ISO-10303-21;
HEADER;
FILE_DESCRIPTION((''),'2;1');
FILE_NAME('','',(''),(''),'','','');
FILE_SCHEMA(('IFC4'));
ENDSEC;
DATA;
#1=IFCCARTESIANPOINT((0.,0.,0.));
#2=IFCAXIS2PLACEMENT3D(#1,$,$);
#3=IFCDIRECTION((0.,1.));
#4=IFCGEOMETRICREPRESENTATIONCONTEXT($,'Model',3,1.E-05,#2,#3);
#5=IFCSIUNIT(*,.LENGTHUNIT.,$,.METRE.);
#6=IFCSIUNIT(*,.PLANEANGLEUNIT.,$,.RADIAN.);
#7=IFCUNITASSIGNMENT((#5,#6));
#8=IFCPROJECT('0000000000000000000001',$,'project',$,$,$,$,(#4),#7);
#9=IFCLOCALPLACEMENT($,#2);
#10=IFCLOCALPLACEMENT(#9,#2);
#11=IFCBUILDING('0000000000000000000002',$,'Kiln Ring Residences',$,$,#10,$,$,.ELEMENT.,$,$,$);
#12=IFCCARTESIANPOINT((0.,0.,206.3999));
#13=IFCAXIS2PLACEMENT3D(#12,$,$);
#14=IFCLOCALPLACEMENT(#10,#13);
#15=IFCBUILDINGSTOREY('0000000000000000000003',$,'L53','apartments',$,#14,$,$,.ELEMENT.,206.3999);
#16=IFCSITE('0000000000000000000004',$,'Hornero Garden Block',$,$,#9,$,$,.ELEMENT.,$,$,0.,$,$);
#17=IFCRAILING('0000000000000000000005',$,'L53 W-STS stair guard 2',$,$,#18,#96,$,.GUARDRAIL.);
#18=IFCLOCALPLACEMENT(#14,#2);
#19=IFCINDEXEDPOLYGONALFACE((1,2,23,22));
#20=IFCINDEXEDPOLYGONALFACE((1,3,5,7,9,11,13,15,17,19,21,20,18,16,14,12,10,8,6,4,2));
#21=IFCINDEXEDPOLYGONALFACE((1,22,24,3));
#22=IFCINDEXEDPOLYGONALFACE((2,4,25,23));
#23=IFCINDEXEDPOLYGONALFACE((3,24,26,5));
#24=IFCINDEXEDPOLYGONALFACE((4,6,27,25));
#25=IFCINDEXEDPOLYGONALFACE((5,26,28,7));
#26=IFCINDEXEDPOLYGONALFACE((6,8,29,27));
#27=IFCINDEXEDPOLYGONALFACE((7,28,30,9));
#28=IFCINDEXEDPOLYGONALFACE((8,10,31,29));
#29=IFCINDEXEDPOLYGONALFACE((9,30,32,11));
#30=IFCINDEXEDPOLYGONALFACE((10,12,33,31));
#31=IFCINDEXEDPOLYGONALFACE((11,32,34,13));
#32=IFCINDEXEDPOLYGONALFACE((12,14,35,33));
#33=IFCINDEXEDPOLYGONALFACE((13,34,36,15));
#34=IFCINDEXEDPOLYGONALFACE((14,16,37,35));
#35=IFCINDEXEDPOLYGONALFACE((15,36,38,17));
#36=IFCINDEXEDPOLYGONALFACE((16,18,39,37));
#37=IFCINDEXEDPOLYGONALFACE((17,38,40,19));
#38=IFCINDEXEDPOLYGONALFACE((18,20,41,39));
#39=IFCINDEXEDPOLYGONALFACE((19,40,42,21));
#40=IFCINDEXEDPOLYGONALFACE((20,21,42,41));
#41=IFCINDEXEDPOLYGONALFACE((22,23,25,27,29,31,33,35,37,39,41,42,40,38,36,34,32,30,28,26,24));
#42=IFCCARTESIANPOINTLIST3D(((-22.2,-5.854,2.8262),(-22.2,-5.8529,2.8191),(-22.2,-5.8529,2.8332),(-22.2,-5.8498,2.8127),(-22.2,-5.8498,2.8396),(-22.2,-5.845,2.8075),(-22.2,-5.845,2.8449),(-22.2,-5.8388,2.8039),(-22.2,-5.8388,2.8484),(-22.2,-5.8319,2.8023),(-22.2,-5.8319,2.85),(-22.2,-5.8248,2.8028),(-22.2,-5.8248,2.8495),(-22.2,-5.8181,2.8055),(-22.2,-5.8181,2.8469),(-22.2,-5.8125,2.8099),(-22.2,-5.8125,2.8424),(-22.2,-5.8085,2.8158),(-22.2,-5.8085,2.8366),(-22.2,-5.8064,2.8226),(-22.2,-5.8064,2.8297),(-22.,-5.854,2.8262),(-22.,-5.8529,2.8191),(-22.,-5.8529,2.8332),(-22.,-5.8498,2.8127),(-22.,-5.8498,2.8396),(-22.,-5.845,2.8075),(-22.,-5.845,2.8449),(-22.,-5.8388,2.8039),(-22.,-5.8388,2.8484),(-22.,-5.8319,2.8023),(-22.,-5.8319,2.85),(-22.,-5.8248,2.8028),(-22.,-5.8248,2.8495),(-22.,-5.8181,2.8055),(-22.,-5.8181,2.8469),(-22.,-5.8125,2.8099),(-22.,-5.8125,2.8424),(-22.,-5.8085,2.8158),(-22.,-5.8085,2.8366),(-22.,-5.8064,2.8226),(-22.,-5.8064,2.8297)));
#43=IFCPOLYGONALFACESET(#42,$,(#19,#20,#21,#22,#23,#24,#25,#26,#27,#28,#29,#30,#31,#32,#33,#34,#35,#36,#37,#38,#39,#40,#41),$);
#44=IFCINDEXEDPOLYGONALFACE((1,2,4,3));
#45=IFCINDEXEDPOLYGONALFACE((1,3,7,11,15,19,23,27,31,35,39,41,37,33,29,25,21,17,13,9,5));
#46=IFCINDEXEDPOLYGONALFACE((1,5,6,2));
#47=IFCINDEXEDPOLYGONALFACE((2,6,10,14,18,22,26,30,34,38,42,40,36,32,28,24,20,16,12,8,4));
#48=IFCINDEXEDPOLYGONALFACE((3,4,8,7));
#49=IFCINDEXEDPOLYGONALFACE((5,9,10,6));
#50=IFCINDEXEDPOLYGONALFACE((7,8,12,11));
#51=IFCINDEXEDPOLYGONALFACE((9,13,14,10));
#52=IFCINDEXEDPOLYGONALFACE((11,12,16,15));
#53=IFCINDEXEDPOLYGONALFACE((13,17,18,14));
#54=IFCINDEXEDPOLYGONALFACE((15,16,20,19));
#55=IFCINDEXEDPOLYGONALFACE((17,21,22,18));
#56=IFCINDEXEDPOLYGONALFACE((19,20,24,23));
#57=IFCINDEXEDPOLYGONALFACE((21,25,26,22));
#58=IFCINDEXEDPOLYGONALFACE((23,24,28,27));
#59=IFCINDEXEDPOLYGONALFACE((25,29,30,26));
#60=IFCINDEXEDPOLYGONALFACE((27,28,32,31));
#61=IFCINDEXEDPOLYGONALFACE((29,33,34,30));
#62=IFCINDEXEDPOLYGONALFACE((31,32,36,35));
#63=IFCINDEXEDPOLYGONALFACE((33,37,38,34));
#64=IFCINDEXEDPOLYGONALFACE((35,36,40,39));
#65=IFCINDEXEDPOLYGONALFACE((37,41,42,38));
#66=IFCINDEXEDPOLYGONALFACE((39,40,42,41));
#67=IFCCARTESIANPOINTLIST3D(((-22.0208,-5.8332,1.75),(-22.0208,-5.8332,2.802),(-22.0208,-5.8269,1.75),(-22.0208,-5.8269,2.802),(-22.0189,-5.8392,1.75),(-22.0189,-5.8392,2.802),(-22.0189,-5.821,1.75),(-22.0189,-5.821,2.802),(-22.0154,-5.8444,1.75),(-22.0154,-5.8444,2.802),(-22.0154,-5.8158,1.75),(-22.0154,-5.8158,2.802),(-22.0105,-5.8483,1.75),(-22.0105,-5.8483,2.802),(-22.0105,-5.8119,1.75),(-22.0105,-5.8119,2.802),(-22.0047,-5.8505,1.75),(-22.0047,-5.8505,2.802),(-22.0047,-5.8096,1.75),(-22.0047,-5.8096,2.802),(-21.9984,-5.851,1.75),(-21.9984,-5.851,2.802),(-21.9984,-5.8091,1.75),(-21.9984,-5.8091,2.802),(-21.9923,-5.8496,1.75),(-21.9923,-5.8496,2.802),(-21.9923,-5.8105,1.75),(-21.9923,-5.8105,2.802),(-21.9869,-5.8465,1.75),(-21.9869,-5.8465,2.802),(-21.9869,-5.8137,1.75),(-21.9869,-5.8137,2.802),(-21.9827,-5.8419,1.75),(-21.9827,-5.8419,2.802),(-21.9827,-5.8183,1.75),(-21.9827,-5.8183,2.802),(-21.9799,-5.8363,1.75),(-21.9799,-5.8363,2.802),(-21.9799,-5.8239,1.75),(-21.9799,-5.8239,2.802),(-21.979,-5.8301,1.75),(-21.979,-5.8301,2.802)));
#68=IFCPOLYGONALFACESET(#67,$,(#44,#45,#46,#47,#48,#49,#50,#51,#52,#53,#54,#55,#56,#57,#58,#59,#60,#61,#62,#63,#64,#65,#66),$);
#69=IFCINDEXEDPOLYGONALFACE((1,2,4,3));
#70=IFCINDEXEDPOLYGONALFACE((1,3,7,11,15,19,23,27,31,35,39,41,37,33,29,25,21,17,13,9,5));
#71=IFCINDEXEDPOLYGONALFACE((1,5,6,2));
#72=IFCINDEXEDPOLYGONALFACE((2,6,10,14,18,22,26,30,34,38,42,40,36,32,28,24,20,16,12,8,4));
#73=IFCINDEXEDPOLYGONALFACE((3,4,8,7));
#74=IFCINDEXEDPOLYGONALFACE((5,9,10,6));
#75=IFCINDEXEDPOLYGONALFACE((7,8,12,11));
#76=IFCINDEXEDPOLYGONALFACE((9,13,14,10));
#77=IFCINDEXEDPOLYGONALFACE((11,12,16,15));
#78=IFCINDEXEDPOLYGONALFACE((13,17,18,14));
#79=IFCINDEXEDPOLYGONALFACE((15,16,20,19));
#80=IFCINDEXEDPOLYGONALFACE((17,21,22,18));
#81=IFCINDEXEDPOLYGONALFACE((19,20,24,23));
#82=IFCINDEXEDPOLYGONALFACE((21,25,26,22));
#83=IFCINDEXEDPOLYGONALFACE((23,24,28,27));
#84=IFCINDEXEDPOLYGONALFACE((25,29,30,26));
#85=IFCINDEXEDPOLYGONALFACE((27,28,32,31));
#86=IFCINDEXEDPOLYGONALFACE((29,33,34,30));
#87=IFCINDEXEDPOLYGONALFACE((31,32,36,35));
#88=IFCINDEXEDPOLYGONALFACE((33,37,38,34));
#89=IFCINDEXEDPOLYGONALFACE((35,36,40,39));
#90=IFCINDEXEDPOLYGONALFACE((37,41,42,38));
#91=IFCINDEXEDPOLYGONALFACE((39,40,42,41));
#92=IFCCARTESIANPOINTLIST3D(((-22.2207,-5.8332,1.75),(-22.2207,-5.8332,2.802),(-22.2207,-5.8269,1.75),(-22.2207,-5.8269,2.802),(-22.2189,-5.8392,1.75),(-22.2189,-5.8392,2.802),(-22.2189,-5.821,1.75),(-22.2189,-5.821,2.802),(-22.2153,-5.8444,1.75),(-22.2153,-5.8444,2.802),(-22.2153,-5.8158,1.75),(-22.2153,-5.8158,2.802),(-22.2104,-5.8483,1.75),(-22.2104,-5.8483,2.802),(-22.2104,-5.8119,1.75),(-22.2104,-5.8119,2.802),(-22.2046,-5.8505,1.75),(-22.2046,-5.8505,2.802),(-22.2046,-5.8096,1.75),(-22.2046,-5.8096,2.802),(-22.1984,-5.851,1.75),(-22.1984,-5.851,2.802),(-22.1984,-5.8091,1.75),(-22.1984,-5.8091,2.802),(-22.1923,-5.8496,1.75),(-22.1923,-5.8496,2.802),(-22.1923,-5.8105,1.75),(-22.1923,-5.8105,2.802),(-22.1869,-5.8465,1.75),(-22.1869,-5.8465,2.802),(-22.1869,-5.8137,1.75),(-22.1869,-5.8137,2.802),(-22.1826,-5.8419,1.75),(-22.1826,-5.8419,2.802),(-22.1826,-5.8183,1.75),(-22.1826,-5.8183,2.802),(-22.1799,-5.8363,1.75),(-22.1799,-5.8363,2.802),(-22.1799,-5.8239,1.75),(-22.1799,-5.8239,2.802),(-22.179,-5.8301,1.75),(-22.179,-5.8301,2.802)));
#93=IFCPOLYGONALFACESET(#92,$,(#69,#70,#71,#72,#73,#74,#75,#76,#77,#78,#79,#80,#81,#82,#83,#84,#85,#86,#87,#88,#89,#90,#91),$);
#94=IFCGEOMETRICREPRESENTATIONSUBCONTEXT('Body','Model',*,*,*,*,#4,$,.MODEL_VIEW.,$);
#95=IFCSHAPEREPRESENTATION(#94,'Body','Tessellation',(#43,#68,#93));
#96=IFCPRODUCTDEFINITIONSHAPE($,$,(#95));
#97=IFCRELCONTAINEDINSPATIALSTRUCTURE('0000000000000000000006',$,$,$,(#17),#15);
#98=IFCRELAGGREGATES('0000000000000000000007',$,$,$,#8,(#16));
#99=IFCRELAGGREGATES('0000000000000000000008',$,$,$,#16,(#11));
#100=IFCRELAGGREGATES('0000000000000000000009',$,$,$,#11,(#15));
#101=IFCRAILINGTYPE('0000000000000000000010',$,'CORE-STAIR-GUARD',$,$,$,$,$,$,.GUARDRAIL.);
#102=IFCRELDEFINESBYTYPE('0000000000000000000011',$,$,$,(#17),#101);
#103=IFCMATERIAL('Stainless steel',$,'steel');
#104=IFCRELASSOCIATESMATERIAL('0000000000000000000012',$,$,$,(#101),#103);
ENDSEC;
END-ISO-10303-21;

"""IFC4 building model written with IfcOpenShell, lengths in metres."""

from ifc_helpers import new_model, si_unit, direction, frame, origin, origin_2d, place, context, subcontext, project, spatial, circle, extrude, material, type_object, element, save


model = new_model("IFC4")

# Units and contexts
model_context = context("Model", 3, precision=1e-05, world=origin(), true_north=direction((0.0, 1.0)))
body_context = subcontext(model_context, "Body", "Model", "MODEL_VIEW")
ifc_project = project(units=[si_unit("LENGTHUNIT", "METRE"), si_unit("PLANEANGLEUNIT", "RADIAN")], contexts=[model_context])

# Site, building, storey
site_placement = place(None, origin())
site = spatial("IfcSite", under=ifc_project, at=site_placement, Name="Hornero Garden Block", CompositionType="ELEMENT", RefElevation=0.0)
building_placement = place(site_placement, origin())
building = spatial("IfcBuilding", under=site, at=building_placement, Name="Kiln Ring Residences", CompositionType="ELEMENT")
storey_placement = place(building_placement, frame((0.0, 0.0, 206.3999)))
storey = spatial("IfcBuildingStorey", under=building, at=storey_placement, Name="L53", Description="apartments", CompositionType="ELEMENT", Elevation=206.3999)

# Railing
ifc_material_1 = material(Name="Stainless steel", Category="steel")
railing_type_1 = type_object("IfcRailingType", Name="CORE-STAIR-GUARD", PredefinedType="GUARDRAIL", material=ifc_material_1)
railing_1_placement = place(storey_placement, frame((-22.0, -5.8301, 1.75)))
element("IfcRailing", 1, at=railing_1_placement, inside=storey, type_object=railing_type_1, Name="L53 W-STS stair guard 2", PredefinedType="GUARDRAIL", context=body_context, shape_type="SweptSolid", body=[
    extrude(circle(Radius=0.0239, at=origin_2d()), frame((0.0, 0.0, 1.0762), z_axis=(-1.0, 0.0, 0.0), x_axis=(0.0, -1.0, 0.0)), (0.0, 0.0, 1.0), 0.2),
    extrude(circle(Radius=0.021, at=origin_2d()), origin(), (0.0, 0.0, 1.0), 1.052),
    extrude(circle(Radius=0.021, at=origin_2d()), frame((-0.2, 0.0, 0.0)), (0.0, 0.0, 1.0), 1.052),
])

save(model, "model.ifc")
